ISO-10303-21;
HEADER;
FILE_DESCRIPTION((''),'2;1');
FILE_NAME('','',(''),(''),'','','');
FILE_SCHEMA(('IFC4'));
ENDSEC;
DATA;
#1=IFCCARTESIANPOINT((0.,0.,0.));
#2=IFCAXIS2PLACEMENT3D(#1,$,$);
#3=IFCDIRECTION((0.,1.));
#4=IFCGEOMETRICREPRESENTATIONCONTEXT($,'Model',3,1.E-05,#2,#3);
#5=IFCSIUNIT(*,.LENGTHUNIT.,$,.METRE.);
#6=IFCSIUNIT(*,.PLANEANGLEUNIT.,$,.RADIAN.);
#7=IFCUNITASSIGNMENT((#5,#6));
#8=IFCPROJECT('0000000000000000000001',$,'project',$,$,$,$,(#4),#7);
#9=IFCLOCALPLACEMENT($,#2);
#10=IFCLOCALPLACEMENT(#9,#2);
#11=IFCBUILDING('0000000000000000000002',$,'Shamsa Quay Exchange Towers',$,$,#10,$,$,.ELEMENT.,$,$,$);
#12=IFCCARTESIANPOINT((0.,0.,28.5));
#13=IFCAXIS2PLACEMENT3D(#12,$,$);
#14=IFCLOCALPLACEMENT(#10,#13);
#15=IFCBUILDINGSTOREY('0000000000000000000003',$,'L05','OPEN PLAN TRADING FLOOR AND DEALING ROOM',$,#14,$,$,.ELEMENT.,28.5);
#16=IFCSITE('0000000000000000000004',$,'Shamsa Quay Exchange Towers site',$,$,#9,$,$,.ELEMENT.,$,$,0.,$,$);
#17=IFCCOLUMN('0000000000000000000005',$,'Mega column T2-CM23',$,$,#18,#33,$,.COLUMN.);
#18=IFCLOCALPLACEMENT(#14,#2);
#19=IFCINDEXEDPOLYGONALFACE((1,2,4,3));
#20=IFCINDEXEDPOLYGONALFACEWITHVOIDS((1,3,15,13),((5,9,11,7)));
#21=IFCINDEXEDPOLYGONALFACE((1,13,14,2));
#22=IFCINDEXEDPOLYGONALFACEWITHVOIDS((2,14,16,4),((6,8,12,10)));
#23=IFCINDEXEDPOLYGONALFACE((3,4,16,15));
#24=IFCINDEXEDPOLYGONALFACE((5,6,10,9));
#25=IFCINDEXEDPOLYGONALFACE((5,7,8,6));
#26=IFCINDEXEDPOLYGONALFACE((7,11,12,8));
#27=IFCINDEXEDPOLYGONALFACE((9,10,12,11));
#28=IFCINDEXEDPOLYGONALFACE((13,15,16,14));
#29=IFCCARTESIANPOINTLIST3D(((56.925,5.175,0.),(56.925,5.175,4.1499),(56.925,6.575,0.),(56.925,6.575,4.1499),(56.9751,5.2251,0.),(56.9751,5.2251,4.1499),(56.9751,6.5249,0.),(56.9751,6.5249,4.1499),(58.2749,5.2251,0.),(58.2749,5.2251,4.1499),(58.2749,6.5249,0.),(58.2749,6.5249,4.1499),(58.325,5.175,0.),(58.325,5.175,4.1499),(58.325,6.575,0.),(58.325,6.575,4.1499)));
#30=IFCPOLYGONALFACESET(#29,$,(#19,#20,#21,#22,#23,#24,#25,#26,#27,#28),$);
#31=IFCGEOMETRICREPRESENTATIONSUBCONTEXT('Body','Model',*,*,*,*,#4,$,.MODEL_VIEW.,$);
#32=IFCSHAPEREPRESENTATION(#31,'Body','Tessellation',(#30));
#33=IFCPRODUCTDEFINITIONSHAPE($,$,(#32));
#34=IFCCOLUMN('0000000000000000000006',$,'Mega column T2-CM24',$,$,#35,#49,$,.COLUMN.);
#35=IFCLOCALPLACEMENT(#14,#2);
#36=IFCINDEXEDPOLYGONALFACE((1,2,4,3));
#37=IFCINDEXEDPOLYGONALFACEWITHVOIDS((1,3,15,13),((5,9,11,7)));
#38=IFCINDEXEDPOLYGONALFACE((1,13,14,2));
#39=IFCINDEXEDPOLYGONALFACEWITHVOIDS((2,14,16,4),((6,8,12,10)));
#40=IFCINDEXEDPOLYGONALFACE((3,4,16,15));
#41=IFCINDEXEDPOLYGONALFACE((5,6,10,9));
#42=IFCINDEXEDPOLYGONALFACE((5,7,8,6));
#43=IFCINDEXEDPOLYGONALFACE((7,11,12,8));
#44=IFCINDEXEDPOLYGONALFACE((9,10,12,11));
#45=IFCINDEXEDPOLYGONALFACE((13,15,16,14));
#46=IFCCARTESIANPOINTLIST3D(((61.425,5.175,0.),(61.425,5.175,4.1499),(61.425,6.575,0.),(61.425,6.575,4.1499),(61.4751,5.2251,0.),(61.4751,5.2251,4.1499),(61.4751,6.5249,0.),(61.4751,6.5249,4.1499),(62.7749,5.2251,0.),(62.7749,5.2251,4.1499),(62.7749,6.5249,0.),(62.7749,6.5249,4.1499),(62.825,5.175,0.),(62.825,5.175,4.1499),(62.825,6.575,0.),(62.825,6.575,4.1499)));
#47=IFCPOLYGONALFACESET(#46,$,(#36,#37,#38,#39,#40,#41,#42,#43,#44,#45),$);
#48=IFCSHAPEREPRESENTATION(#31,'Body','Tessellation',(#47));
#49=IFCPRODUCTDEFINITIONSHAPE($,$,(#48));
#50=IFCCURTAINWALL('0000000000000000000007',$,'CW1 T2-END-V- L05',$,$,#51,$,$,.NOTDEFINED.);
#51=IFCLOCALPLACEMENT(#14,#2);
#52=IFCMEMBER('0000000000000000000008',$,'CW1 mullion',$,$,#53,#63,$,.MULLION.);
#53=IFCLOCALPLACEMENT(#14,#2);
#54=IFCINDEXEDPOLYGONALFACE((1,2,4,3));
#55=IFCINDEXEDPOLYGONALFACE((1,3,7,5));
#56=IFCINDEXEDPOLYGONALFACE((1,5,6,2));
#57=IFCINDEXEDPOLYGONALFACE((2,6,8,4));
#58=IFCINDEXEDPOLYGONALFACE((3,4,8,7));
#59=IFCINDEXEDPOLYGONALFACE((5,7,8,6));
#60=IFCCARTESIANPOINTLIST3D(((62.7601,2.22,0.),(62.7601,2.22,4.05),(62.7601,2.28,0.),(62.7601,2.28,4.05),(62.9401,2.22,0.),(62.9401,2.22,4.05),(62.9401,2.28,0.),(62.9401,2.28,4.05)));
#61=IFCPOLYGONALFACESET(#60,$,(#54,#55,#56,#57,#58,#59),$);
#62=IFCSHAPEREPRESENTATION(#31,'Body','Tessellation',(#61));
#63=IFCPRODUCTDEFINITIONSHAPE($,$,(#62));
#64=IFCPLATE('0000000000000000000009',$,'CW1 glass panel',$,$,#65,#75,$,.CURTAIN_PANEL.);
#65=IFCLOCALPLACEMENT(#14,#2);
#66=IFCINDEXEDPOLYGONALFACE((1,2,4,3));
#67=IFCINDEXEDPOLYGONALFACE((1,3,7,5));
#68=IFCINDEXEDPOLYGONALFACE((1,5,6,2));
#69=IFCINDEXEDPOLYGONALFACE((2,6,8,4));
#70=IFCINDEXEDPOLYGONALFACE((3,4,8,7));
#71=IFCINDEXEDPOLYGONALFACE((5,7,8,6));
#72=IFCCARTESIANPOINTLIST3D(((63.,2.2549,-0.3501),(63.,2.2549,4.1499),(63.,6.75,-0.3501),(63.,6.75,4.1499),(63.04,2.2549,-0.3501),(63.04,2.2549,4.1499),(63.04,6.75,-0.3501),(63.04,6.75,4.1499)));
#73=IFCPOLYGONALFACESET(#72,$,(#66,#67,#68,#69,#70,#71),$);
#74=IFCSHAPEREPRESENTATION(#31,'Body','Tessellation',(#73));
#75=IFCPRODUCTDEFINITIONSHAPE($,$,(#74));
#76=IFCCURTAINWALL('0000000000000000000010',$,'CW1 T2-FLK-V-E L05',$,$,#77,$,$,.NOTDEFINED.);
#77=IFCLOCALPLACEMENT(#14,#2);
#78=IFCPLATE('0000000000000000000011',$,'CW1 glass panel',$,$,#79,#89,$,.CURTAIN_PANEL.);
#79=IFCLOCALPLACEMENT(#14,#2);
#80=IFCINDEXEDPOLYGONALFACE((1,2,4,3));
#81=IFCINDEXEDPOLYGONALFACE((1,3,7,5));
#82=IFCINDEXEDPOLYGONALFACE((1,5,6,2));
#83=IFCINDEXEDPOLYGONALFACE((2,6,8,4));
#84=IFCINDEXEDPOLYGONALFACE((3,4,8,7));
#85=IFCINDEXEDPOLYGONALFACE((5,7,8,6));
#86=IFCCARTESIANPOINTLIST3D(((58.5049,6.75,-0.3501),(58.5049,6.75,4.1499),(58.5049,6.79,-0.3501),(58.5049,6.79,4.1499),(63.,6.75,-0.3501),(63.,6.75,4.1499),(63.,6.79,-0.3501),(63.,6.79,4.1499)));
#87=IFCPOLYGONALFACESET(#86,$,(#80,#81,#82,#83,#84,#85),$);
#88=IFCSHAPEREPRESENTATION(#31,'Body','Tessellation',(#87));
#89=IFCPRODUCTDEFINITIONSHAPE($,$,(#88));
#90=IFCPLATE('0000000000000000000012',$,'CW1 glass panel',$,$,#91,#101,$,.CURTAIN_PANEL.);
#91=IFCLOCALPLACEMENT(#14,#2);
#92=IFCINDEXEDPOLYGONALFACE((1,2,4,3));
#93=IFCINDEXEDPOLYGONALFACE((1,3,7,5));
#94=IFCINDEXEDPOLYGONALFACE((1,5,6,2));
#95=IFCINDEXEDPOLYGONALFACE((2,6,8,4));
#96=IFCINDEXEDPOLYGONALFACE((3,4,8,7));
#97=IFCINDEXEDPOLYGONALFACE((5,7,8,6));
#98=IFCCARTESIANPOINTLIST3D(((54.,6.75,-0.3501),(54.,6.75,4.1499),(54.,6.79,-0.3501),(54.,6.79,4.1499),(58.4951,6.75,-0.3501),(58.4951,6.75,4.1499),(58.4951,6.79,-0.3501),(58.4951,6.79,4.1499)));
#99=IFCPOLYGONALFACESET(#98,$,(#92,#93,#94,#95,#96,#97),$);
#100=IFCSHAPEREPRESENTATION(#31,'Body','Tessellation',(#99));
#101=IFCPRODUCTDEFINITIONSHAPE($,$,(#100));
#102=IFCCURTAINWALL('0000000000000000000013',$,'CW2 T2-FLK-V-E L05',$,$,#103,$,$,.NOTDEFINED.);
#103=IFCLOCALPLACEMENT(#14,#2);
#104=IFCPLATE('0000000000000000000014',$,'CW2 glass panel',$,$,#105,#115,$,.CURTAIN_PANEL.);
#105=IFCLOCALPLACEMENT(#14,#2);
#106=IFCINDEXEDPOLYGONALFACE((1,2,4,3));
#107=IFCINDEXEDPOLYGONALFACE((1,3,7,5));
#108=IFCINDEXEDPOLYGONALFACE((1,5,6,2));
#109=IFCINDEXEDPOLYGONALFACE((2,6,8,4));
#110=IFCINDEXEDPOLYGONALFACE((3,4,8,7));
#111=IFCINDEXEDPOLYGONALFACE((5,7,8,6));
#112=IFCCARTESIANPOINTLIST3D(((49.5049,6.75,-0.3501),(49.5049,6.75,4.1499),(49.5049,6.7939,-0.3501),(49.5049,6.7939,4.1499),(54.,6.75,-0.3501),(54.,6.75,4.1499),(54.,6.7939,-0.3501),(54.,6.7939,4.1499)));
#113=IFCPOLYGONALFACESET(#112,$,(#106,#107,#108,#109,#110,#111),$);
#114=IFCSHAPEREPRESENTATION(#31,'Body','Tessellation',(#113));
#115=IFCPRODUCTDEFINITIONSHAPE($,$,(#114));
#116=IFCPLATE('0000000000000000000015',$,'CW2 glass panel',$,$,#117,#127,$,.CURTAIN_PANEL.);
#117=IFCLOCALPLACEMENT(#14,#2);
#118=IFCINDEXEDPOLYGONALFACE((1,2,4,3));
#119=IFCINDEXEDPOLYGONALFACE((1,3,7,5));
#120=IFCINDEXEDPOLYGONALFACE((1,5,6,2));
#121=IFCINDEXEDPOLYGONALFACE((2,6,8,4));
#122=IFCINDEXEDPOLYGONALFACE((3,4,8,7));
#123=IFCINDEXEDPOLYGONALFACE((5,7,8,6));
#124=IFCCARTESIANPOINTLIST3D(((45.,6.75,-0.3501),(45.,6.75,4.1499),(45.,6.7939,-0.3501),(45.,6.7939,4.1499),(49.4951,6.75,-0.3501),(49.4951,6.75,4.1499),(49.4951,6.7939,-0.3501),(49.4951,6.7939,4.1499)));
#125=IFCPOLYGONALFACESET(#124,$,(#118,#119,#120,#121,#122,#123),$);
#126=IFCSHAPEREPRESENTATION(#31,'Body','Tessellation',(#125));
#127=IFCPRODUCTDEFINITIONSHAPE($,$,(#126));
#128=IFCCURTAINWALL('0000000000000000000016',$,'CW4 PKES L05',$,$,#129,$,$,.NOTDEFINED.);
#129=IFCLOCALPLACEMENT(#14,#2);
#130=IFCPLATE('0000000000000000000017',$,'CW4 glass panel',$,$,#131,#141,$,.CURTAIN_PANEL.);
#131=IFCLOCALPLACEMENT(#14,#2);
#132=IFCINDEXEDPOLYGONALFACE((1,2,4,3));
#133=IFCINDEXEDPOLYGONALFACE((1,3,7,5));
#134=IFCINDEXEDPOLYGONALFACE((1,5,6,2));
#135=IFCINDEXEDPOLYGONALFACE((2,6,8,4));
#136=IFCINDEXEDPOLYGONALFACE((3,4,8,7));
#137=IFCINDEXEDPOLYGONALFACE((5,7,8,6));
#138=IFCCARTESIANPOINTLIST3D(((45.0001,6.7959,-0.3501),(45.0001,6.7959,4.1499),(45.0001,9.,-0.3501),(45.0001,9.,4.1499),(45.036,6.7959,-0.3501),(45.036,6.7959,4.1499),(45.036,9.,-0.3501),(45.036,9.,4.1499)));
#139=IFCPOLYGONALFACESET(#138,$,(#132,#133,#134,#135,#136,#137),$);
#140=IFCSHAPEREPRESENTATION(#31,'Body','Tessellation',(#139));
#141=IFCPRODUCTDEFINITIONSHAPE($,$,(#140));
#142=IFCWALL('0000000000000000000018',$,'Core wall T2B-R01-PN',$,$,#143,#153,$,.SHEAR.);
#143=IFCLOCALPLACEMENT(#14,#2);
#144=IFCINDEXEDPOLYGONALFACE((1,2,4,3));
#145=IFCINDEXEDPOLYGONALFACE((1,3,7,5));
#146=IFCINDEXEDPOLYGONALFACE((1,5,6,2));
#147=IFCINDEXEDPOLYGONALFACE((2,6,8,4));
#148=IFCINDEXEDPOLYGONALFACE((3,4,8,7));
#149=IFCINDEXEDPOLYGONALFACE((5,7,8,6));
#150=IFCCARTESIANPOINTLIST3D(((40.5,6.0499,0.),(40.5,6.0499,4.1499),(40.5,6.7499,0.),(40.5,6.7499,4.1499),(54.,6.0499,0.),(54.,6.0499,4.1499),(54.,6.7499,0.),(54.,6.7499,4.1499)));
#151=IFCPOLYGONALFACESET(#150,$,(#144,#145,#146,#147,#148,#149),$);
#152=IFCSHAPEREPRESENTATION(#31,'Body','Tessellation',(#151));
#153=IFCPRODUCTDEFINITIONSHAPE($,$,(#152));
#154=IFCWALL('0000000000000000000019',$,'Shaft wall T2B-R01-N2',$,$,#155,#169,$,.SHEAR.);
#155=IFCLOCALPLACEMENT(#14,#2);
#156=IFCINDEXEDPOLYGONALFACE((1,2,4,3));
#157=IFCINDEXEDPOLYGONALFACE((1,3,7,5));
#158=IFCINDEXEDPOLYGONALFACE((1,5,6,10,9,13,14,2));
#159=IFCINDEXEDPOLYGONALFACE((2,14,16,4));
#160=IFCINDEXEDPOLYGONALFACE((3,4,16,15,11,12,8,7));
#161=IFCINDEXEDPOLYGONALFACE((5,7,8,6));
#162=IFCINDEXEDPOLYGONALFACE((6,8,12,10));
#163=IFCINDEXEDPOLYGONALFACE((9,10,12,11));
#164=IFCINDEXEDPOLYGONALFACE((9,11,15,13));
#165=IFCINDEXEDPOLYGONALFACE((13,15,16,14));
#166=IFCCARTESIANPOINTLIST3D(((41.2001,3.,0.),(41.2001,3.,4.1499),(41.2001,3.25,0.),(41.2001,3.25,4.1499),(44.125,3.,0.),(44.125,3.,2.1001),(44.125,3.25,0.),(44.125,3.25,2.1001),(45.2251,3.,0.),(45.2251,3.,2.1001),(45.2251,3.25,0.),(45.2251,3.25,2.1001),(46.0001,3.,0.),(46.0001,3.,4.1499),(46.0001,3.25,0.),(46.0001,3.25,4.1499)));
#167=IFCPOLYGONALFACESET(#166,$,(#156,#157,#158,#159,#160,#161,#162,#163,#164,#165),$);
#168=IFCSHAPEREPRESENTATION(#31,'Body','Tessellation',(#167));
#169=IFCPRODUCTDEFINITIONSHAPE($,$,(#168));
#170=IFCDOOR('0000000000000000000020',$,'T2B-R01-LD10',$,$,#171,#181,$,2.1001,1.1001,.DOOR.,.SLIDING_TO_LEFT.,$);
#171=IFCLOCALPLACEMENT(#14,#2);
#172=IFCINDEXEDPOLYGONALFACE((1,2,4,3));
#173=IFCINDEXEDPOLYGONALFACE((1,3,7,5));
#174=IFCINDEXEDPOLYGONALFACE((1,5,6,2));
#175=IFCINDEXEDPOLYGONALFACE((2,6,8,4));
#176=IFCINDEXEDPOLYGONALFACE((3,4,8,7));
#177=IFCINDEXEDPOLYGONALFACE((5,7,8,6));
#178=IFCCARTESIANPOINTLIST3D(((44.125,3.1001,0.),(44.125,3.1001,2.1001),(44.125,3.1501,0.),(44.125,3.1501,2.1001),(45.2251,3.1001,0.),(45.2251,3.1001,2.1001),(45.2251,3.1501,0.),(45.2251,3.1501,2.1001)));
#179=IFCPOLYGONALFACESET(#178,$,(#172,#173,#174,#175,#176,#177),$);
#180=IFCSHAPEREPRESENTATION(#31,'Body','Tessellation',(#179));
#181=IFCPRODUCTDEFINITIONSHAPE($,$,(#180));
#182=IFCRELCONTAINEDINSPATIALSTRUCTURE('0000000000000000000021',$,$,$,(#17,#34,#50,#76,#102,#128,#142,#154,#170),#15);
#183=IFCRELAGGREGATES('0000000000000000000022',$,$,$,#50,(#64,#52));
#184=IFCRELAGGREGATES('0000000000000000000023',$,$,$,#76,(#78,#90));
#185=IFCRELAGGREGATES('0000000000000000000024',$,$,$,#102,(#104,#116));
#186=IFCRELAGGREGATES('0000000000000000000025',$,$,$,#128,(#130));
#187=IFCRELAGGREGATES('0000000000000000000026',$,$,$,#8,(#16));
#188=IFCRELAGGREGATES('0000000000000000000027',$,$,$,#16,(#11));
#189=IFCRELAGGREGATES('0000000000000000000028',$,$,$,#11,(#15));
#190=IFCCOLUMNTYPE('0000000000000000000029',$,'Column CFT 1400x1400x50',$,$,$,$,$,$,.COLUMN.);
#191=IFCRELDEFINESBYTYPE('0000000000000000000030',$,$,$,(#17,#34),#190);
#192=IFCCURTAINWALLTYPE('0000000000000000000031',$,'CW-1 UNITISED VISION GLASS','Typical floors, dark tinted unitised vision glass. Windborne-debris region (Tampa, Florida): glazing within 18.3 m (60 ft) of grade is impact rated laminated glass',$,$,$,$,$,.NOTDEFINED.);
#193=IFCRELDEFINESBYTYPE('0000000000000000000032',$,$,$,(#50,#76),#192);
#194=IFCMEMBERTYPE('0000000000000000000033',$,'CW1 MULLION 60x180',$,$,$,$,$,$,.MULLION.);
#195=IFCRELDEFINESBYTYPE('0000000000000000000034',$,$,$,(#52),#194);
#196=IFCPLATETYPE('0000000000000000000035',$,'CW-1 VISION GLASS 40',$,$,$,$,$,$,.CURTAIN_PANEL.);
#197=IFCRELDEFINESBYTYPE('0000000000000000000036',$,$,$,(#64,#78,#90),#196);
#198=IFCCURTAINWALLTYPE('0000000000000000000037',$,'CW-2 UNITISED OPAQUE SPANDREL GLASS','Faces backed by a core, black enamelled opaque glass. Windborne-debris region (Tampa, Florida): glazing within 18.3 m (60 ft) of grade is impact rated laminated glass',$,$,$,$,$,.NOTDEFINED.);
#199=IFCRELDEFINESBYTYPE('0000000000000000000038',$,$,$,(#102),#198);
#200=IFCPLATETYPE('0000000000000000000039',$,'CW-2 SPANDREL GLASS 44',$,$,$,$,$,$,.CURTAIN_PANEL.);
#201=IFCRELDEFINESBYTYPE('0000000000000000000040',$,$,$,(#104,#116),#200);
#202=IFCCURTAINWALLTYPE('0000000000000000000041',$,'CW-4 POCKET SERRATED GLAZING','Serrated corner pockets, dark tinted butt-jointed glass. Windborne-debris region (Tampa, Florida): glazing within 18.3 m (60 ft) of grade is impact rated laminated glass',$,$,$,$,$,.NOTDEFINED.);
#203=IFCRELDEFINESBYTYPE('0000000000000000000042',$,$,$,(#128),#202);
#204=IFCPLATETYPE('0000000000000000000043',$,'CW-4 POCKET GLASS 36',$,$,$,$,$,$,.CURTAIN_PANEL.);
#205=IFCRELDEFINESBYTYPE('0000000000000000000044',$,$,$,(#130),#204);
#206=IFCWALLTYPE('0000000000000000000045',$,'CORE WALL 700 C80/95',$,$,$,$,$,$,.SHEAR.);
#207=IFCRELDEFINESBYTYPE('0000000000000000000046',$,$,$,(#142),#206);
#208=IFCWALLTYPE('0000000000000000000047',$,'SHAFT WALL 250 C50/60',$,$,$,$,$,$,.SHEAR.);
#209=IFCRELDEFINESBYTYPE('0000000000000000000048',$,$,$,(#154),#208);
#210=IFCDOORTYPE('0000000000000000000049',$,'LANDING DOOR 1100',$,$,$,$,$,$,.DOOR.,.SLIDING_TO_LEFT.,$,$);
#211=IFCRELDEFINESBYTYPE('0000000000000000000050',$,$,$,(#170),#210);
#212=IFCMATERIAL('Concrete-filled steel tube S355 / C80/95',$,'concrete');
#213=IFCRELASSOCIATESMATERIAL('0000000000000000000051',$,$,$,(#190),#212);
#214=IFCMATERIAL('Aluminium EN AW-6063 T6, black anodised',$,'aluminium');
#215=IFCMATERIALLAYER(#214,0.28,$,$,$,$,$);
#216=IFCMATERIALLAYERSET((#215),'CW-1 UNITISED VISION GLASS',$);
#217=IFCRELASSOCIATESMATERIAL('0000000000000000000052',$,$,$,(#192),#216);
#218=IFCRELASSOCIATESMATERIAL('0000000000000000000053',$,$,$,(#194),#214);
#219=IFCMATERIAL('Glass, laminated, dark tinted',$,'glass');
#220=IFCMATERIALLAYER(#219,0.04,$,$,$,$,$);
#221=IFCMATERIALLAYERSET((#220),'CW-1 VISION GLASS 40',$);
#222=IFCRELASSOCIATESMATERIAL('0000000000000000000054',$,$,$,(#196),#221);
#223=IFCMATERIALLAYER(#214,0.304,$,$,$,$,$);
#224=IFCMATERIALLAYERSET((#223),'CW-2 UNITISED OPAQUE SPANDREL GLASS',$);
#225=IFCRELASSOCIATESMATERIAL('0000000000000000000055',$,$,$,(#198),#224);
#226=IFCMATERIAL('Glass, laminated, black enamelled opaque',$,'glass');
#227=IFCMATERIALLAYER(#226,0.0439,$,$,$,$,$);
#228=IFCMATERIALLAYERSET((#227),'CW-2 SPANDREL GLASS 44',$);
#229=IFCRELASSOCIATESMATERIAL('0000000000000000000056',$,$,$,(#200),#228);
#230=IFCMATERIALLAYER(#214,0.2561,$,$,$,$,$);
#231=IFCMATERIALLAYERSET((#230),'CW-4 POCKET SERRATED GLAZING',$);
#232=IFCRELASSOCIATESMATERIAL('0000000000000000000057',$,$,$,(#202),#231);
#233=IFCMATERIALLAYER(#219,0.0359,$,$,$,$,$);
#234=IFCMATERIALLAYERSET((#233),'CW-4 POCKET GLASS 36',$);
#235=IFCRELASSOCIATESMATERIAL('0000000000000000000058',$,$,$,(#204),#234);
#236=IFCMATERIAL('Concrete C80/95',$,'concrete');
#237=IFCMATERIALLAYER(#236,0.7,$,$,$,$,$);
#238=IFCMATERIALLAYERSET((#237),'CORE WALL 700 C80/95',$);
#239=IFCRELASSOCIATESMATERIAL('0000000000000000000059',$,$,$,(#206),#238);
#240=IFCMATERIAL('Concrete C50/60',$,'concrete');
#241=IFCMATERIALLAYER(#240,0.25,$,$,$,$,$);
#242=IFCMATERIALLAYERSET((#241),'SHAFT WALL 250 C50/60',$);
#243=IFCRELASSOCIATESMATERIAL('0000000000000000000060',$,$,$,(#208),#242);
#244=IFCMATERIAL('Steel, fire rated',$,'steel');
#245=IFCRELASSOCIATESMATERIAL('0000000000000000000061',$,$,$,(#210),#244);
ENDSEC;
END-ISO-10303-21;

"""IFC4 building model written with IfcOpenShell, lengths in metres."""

from ifc_helpers import new_model, si_unit, direction, frame, frame_2d, origin, origin_2d, place, context, subcontext, project, spatial, rectangle, hollow_rectangle, extrude, material, layer, layer_set, material_profile, profile_set, type_object, element, fill, aggregate, save


model = new_model("IFC4")

# Units and contexts
model_context = context("Model", 3, precision=1e-05, world=origin(), true_north=direction((0.0, 1.0)))
body_context = subcontext(model_context, "Body", "Model", "MODEL_VIEW")
ifc_project = project(units=[si_unit("LENGTHUNIT", "METRE"), si_unit("PLANEANGLEUNIT", "RADIAN")], contexts=[model_context])

# Site, building, storey
site_placement = place(None, origin())
site = spatial("IfcSite", under=ifc_project, at=site_placement, Name="Shamsa Quay Exchange Towers site", CompositionType="ELEMENT", RefElevation=0.0)
building_placement = place(site_placement, origin())
building = spatial("IfcBuilding", under=site, at=building_placement, Name="Shamsa Quay Exchange Towers", CompositionType="ELEMENT")
storey_placement = place(building_placement, frame((0.0, 0.0, 28.5)))
storey = spatial("IfcBuildingStorey", under=building, at=storey_placement, Name="L05", Description="OPEN PLAN TRADING FLOOR AND DEALING ROOM", CompositionType="ELEMENT", Elevation=28.5)

# Columns
ifc_material_1 = material(Name="Concrete-filled steel tube S355 / C80/95", Category="concrete")
ifc_material_profile_1 = material_profile(ifc_material_1, hollow_rectangle(XDim=1.3999, YDim=1.3999, WallThickness=0.05, at=origin_2d()), Name="CFT 1400x1400x50")
ifc_profile_set_1 = profile_set([ifc_material_profile_1], Name="Concrete-filled steel tube S355 / C80/95")
column_type = type_object("IfcColumnType", Name="Column CFT 1400x1400x50", PredefinedType="COLUMN", material=ifc_profile_set_1)
for number, where, name in (
    (1, (57.625, 5.875, 0.0), "Mega column T2-CM23"),
    (2, (62.125, 5.875, 0.0), "Mega column T2-CM24"),
):
    element("IfcColumn", number, at=place(storey_placement, frame(where)), inside=storey, type_object=column_type, Name=name, PredefinedType="COLUMN", context=body_context, shape_type="SweptSolid", body=[
        extrude(hollow_rectangle(XDim=1.3999, YDim=1.3999, WallThickness=0.05, at=origin_2d()), origin(), (0.0, 0.0, 1.0), 4.1499),
    ])

# Curtain wall, member, plate
ifc_material_2 = material(Name="Aluminium EN AW-6063 T6, black anodised", Category="aluminium")
ifc_layer_1 = layer(ifc_material_2, 0.28)
ifc_layer_set_1 = layer_set([ifc_layer_1], Name="CW-1 UNITISED VISION GLASS")
curtain_wall_type_1 = type_object("IfcCurtainWallType", Name="CW-1 UNITISED VISION GLASS", Description="Typical floors, dark tinted unitised vision glass. Windborne-debris region (Tampa, Florida): glazing within 18.3 m (60 ft) of grade is impact rated laminated glass", PredefinedType="NOTDEFINED", material=ifc_layer_set_1)
curtain_wall_1_placement = place(storey_placement, origin())
curtain_wall_1 = element("IfcCurtainWall", 3, at=curtain_wall_1_placement, inside=storey, type_object=curtain_wall_type_1, Name="CW1 T2-END-V- L05", PredefinedType="NOTDEFINED")
ifc_material_profile_2 = material_profile(ifc_material_2, rectangle(XDim=0.1799, YDim=0.0601, at=origin_2d()), Name="MU60x180")
ifc_profile_set_2 = profile_set([ifc_material_profile_2], Name="Aluminium EN AW-6063 T6, black anodised")
member_type = type_object("IfcMemberType", Name="CW1 MULLION 60x180", PredefinedType="MULLION", material=ifc_profile_set_2)
member_placement = place(storey_placement, frame((62.8501, 2.25, 0.0), z_axis=(0.0, 0.0, 1.0), x_axis=(-1.0, 0.0, 0.0)))
member = element("IfcMember", 4, at=member_placement, type_object=member_type, Name="CW1 mullion", PredefinedType="MULLION", context=body_context, shape_type="SweptSolid", body=[
    extrude(rectangle(XDim=0.1799, YDim=0.0601, at=origin_2d()), origin(), (0.0, 0.0, 1.0), 4.05),
])
ifc_material_3 = material(Name="Glass, laminated, dark tinted", Category="glass")
ifc_layer_2 = layer(ifc_material_3, 0.04)
ifc_layer_set_2 = layer_set([ifc_layer_2], Name="CW-1 VISION GLASS 40")
plate_type_1 = type_object("IfcPlateType", Name="CW-1 VISION GLASS 40", PredefinedType="CURTAIN_PANEL", material=ifc_layer_set_2)
plate_1_placement = place(storey_placement, frame((63.02, 4.5024, -0.3501), z_axis=(0.0, 0.0, 1.0), x_axis=(0.0, 1.0, 0.0)))
plate_1 = element("IfcPlate", 5, at=plate_1_placement, type_object=plate_type_1, Name="CW1 glass panel", PredefinedType="CURTAIN_PANEL", context=body_context, shape_type="SweptSolid", body=[
    extrude(rectangle(XDim=4.4951, YDim=0.04, at=origin_2d()), origin(), (0.0, 0.0, 1.0), 4.5),
])
aggregate(curtain_wall_1, [plate_1, member])

# Curtain walls, plates
curtain_wall_2_placement = place(storey_placement, origin())
curtain_wall_2 = element("IfcCurtainWall", 6, at=curtain_wall_2_placement, inside=storey, type_object=curtain_wall_type_1, Name="CW1 T2-FLK-V-E L05", PredefinedType="NOTDEFINED")
plate_2_placement = place(storey_placement, frame((60.7524, 6.77, -0.3501), z_axis=(0.0, 0.0, 1.0), x_axis=(-1.0, 0.0, 0.0)))
plate_2 = element("IfcPlate", 7, at=plate_2_placement, type_object=plate_type_1, Name="CW1 glass panel", PredefinedType="CURTAIN_PANEL", context=body_context, shape_type="SweptSolid", body=[
    extrude(rectangle(XDim=4.4951, YDim=0.04, at=origin_2d()), origin(), (0.0, 0.0, 1.0), 4.5),
])
plate_3_placement = place(storey_placement, frame((56.2476, 6.77, -0.3501), z_axis=(0.0, 0.0, 1.0), x_axis=(-1.0, 0.0, 0.0)))
plate_3 = element("IfcPlate", 8, at=plate_3_placement, type_object=plate_type_1, Name="CW1 glass panel", PredefinedType="CURTAIN_PANEL", context=body_context, shape_type="SweptSolid", body=[
    extrude(rectangle(XDim=4.4951, YDim=0.04, at=origin_2d()), origin(), (0.0, 0.0, 1.0), 4.5),
])
aggregate(curtain_wall_2, [plate_2, plate_3])
ifc_layer_3 = layer(ifc_material_2, 0.304)
ifc_layer_set_3 = layer_set([ifc_layer_3], Name="CW-2 UNITISED OPAQUE SPANDREL GLASS")
curtain_wall_type_2 = type_object("IfcCurtainWallType", Name="CW-2 UNITISED OPAQUE SPANDREL GLASS", Description="Faces backed by a core, black enamelled opaque glass. Windborne-debris region (Tampa, Florida): glazing within 18.3 m (60 ft) of grade is impact rated laminated glass", PredefinedType="NOTDEFINED", material=ifc_layer_set_3)
curtain_wall_3_placement = place(storey_placement, origin())
curtain_wall_3 = element("IfcCurtainWall", 9, at=curtain_wall_3_placement, inside=storey, type_object=curtain_wall_type_2, Name="CW2 T2-FLK-V-E L05", PredefinedType="NOTDEFINED")
ifc_material_4 = material(Name="Glass, laminated, black enamelled opaque", Category="glass")
ifc_layer_4 = layer(ifc_material_4, 0.0439)
ifc_layer_set_4 = layer_set([ifc_layer_4], Name="CW-2 SPANDREL GLASS 44")
plate_type_2 = type_object("IfcPlateType", Name="CW-2 SPANDREL GLASS 44", PredefinedType="CURTAIN_PANEL", material=ifc_layer_set_4)
plate_4_placement = place(storey_placement, frame((51.7524, 6.772, -0.3501), z_axis=(0.0, 0.0, 1.0), x_axis=(-1.0, 0.0, 0.0)))
plate_4 = element("IfcPlate", 10, at=plate_4_placement, type_object=plate_type_2, Name="CW2 glass panel", PredefinedType="CURTAIN_PANEL", context=body_context, shape_type="SweptSolid", body=[
    extrude(rectangle(XDim=4.4951, YDim=0.0439, at=origin_2d()), origin(), (0.0, 0.0, 1.0), 4.5),
])
plate_5_placement = place(storey_placement, frame((47.2476, 6.772, -0.3501), z_axis=(0.0, 0.0, 1.0), x_axis=(-1.0, 0.0, 0.0)))
plate_5 = element("IfcPlate", 11, at=plate_5_placement, type_object=plate_type_2, Name="CW2 glass panel", PredefinedType="CURTAIN_PANEL", context=body_context, shape_type="SweptSolid", body=[
    extrude(rectangle(XDim=4.4951, YDim=0.0439, at=origin_2d()), origin(), (0.0, 0.0, 1.0), 4.5),
])
aggregate(curtain_wall_3, [plate_4, plate_5])

# Curtain wall, plate
ifc_layer_5 = layer(ifc_material_2, 0.2561)
ifc_layer_set_5 = layer_set([ifc_layer_5], Name="CW-4 POCKET SERRATED GLAZING")
curtain_wall_type_3 = type_object("IfcCurtainWallType", Name="CW-4 POCKET SERRATED GLAZING", Description="Serrated corner pockets, dark tinted butt-jointed glass. Windborne-debris region (Tampa, Florida): glazing within 18.3 m (60 ft) of grade is impact rated laminated glass", PredefinedType="NOTDEFINED", material=ifc_layer_set_5)
curtain_wall_4_placement = place(storey_placement, origin())
curtain_wall_4 = element("IfcCurtainWall", 12, at=curtain_wall_4_placement, inside=storey, type_object=curtain_wall_type_3, Name="CW4 PKES L05", PredefinedType="NOTDEFINED")
ifc_layer_6 = layer(ifc_material_3, 0.0359)
ifc_layer_set_6 = layer_set([ifc_layer_6], Name="CW-4 POCKET GLASS 36")
plate_type_3 = type_object("IfcPlateType", Name="CW-4 POCKET GLASS 36", PredefinedType="CURTAIN_PANEL", material=ifc_layer_set_6)
plate_6_placement = place(storey_placement, frame((45.0181, 7.8979, -0.3501), z_axis=(0.0, 0.0, 1.0), x_axis=(0.0, 1.0, 0.0)))
plate_6 = element("IfcPlate", 13, at=plate_6_placement, type_object=plate_type_3, Name="CW4 glass panel", PredefinedType="CURTAIN_PANEL", context=body_context, shape_type="SweptSolid", body=[
    extrude(rectangle(XDim=2.2041, YDim=0.0359, at=origin_2d()), origin(), (0.0, 0.0, 1.0), 4.5),
])
aggregate(curtain_wall_4, [plate_6])

# Wall
ifc_material_5 = material(Name="Concrete C80/95", Category="concrete")
ifc_layer_7 = layer(ifc_material_5, 0.7)
ifc_layer_set_7 = layer_set([ifc_layer_7], Name="CORE WALL 700 C80/95")
wall_type_1 = type_object("IfcWallType", Name="CORE WALL 700 C80/95", PredefinedType="SHEAR", material=ifc_layer_set_7)
wall_1_placement = place(storey_placement, frame((54.0, 6.3999, 0.0), z_axis=(0.0, 0.0, 1.0), x_axis=(-1.0, 0.0, 0.0)))
element("IfcWall", 14, at=wall_1_placement, inside=storey, type_object=wall_type_1, Name="Core wall T2B-R01-PN", PredefinedType="SHEAR", context=body_context, shape_type="SweptSolid", body=[
    extrude(rectangle(XDim=13.5, YDim=0.7, at=frame_2d((6.75, 0.0))), origin(), (0.0, 0.0, 1.0), 4.1499),
])

# Wall, opening, door
ifc_material_6 = material(Name="Concrete C50/60", Category="concrete")
ifc_layer_8 = layer(ifc_material_6, 0.25)
ifc_layer_set_8 = layer_set([ifc_layer_8], Name="SHAFT WALL 250 C50/60")
wall_type_2 = type_object("IfcWallType", Name="SHAFT WALL 250 C50/60", PredefinedType="SHEAR", material=ifc_layer_set_8)
wall_2_placement = place(storey_placement, frame((46.0, 3.125, 0.0), z_axis=(0.0, 0.0, 1.0), x_axis=(-1.0, 0.0, 0.0)))
wall_2 = element("IfcWall", 15, at=wall_2_placement, inside=storey, type_object=wall_type_2, Name="Shaft wall T2B-R01-N2", PredefinedType="SHEAR", context=body_context, shape_type="SweptSolid", body=[
    extrude(rectangle(XDim=4.8, YDim=0.25, at=frame_2d((2.3999, 0.0))), origin(), (0.0, 0.0, 1.0), 4.1499),
])
opening_1_placement = place(wall_2_placement, frame((0.7749, 0.0, 0.0)))
opening_1 = element("IfcOpeningElement", 16, at=opening_1_placement, cuts=wall_2, PredefinedType="OPENING", context=body_context, shape_type="SweptSolid", body=[
    extrude(rectangle(XDim=1.1001, YDim=2.1001, at=frame_2d((0.55, 1.05))), frame((0.0, 0.135, 0.0), z_axis=(0.0, -1.0, 0.0), x_axis=(1.0, 0.0, 0.0)), (0.0, 0.0, 1.0), 0.27),
])
ifc_material_7 = material(Name="Steel, fire rated", Category="steel")
door_type_1 = type_object("IfcDoorType", Name="LANDING DOOR 1100", OperationType="SLIDING_TO_LEFT", PredefinedType="DOOR", material=ifc_material_7)
door_1_placement = place(opening_1_placement, origin())
door_1 = element("IfcDoor", 17, at=door_1_placement, inside=storey, type_object=door_type_1, Name="T2B-R01-LD10", OperationType="SLIDING_TO_LEFT", OverallHeight=2.1001, OverallWidth=1.1001, PredefinedType="DOOR", context=body_context, shape_type="SweptSolid", body=[
    extrude(rectangle(XDim=1.1001, YDim=2.1001, at=frame_2d((0.55, 1.05))), frame((0.0, 0.0249, 0.0), z_axis=(0.0, -1.0, 0.0), x_axis=(1.0, 0.0, 0.0)), (0.0, 0.0, 1.0), 0.05),
])
fill(opening_1, door_1)

save(model, "model.ifc")
